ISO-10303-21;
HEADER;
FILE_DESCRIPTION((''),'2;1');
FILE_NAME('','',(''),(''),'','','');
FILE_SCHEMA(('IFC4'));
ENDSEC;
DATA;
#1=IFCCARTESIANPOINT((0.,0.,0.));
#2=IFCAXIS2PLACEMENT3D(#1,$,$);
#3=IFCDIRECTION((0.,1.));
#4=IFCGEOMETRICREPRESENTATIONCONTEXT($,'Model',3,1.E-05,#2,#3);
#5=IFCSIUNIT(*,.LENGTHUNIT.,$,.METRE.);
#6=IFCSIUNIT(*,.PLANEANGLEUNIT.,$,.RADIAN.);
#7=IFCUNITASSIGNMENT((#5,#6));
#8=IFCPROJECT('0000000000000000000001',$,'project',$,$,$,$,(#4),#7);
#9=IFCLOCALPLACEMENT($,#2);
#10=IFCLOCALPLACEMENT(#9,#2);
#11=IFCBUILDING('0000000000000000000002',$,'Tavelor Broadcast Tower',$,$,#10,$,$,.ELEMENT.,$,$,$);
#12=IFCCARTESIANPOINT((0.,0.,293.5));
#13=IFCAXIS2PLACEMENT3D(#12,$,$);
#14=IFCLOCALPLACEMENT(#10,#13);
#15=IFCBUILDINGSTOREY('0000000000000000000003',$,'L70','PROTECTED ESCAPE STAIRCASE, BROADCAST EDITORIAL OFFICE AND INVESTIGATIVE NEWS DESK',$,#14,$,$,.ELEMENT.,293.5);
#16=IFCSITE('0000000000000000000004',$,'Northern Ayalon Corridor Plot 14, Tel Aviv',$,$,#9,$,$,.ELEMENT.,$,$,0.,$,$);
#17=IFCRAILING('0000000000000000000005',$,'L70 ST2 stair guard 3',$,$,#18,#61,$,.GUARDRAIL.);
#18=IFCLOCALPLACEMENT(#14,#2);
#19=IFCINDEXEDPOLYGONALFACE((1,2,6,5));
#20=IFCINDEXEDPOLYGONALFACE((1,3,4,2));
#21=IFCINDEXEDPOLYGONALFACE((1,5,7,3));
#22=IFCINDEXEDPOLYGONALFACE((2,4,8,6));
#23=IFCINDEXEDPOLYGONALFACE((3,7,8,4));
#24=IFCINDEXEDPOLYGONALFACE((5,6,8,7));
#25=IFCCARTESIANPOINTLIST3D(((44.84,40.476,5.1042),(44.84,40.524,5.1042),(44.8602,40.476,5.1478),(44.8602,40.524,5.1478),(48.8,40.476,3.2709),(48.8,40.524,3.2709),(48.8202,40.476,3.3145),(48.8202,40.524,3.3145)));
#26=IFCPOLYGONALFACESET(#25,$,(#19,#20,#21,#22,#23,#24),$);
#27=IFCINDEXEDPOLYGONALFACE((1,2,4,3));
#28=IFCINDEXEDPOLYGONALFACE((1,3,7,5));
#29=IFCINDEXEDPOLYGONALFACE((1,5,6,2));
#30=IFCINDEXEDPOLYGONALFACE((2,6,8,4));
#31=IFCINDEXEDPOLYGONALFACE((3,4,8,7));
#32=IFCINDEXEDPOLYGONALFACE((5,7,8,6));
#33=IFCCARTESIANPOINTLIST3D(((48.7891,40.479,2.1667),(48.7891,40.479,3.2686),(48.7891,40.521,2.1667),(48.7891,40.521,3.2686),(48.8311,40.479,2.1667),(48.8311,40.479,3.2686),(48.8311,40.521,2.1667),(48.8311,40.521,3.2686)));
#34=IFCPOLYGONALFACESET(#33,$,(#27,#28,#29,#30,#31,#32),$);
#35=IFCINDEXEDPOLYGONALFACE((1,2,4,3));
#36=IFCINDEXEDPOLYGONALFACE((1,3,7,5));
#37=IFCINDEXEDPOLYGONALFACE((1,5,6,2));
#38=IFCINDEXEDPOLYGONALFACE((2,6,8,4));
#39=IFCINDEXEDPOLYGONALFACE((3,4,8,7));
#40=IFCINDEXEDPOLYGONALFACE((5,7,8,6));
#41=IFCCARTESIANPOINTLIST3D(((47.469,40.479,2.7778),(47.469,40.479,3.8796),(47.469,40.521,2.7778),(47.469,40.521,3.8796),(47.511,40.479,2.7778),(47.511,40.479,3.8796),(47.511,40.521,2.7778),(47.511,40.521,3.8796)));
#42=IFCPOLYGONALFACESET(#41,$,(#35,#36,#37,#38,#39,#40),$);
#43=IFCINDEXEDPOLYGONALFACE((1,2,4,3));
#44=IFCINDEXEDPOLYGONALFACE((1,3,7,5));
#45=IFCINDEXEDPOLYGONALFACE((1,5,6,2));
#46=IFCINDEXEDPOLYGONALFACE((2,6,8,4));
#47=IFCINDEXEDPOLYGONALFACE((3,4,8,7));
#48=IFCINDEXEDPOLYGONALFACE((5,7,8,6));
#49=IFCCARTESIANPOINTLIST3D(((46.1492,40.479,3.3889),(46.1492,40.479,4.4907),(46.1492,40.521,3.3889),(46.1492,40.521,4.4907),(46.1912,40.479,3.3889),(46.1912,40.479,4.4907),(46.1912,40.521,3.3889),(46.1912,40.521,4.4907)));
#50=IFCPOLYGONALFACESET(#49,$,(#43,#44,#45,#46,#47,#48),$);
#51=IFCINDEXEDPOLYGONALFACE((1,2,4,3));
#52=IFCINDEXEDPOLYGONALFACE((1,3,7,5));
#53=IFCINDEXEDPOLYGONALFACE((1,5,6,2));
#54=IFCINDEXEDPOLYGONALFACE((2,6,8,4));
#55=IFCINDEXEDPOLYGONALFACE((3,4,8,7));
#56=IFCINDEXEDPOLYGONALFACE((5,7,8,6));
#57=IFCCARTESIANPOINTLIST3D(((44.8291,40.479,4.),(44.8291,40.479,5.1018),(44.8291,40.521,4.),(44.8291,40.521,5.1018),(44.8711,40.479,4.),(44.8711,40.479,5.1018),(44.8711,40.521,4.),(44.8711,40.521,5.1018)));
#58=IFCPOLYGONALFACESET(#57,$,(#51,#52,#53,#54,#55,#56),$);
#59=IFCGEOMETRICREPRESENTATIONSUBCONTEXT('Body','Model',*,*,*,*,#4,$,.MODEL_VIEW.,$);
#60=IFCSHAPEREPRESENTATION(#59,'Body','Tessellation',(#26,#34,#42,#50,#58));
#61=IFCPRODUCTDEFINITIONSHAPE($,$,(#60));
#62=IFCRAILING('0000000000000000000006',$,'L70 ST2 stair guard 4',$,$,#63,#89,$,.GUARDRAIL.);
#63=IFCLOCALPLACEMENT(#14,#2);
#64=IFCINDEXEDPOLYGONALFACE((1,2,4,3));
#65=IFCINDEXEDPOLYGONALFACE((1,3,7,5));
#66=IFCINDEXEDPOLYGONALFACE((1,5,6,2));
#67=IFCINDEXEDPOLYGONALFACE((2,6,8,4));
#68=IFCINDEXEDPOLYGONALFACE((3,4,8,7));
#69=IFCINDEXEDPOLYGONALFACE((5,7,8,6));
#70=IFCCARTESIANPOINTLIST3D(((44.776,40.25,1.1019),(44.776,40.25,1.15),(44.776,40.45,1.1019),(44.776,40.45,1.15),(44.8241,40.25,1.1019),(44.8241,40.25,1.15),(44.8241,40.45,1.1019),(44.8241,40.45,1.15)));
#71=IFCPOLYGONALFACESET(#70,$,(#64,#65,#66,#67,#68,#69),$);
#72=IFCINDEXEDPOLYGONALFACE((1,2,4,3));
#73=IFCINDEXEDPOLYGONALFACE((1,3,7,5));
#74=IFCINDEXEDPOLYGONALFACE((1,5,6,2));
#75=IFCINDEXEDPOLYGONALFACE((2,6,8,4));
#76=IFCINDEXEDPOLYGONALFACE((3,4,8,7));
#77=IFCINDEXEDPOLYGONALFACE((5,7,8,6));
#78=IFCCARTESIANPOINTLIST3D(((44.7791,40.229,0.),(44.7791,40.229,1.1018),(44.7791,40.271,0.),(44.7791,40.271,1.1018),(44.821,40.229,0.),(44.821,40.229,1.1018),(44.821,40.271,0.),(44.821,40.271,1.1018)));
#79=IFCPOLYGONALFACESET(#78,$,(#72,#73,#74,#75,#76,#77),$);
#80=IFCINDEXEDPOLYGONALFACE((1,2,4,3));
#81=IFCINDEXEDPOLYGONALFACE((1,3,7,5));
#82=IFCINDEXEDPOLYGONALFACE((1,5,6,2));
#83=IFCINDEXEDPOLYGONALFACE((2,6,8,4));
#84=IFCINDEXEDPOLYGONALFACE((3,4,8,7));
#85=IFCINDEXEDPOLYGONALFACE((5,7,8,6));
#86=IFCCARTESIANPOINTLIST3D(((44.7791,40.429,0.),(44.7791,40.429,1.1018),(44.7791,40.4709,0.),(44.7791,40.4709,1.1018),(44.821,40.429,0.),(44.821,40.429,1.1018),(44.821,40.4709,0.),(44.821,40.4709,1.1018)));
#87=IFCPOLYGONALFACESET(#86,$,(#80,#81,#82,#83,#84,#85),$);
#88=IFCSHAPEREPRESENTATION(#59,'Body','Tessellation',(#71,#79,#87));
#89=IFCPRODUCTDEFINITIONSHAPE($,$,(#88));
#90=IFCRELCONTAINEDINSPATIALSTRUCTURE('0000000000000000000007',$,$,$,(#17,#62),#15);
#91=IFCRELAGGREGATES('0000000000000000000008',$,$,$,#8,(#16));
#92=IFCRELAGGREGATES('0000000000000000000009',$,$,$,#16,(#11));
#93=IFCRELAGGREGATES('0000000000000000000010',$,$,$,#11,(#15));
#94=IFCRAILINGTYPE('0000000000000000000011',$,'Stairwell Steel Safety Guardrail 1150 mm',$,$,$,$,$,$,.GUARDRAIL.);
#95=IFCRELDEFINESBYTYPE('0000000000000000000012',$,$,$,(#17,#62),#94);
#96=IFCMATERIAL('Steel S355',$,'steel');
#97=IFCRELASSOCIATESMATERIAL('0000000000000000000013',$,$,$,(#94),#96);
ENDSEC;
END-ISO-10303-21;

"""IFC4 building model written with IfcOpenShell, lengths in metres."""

from ifc_helpers import new_model, si_unit, direction, frame, origin, origin_2d, place, context, subcontext, project, spatial, rectangle, extrude, material, type_object, element, save


model = new_model("IFC4")

# Units and contexts
model_context = context("Model", 3, precision=1e-05, world=origin(), true_north=direction((0.0, 1.0)))
body_context = subcontext(model_context, "Body", "Model", "MODEL_VIEW")
ifc_project = project(units=[si_unit("LENGTHUNIT", "METRE"), si_unit("PLANEANGLEUNIT", "RADIAN")], contexts=[model_context])

# Site, building, storey
site_placement = place(None, origin())
site = spatial("IfcSite", under=ifc_project, at=site_placement, Name="Northern Ayalon Corridor Plot 14, Tel Aviv", CompositionType="ELEMENT", RefElevation=0.0)
building_placement = place(site_placement, origin())
building = spatial("IfcBuilding", under=site, at=building_placement, Name="Tavelor Broadcast Tower", CompositionType="ELEMENT")
storey_placement = place(building_placement, frame((0.0, 0.0, 293.5)))
storey = spatial("IfcBuildingStorey", under=building, at=storey_placement, Name="L70", Description="PROTECTED ESCAPE STAIRCASE, BROADCAST EDITORIAL OFFICE AND INVESTIGATIVE NEWS DESK", CompositionType="ELEMENT", Elevation=293.5)

# Shared definitions
ifc_material_1 = material(Name="Steel S355", Category="steel")

# Railings
railing_type_1 = type_object("IfcRailingType", Name="Stairwell Steel Safety Guardrail 1150 mm", PredefinedType="GUARDRAIL", material=ifc_material_1)
railing_1_placement = place(storey_placement, frame((48.8101, 40.5, 2.1667)))
element("IfcRailing", 1, at=railing_1_placement, inside=storey, type_object=railing_type_1, Name="L70 ST2 stair guard 3", PredefinedType="GUARDRAIL", context=body_context, shape_type="SweptSolid", body=[
    extrude(rectangle(XDim=0.0481, YDim=0.0481, at=origin_2d()), frame((0.0, 0.0, 1.126), z_axis=(-0.907472, 0.0, 0.420112), x_axis=(0.0, -1.0, 0.0)), (0.0, 0.0, 1.0), 4.3638),
    extrude(rectangle(XDim=0.042, YDim=0.042, at=origin_2d()), origin(), (0.0, 0.0, 1.0), 1.1018),
    extrude(rectangle(XDim=0.042, YDim=0.042, at=origin_2d()), frame((-1.3201, 0.0, 0.6111)), (0.0, 0.0, 1.0), 1.1018),
    extrude(rectangle(XDim=0.042, YDim=0.042, at=origin_2d()), frame((-2.6399, 0.0, 1.2222)), (0.0, 0.0, 1.0), 1.1018),
    extrude(rectangle(XDim=0.042, YDim=0.042, at=origin_2d()), frame((-3.96, 0.0, 1.8333)), (0.0, 0.0, 1.0), 1.1018),
])
railing_2_placement = place(storey_placement, frame((44.8, 40.25, 0.0)))
element("IfcRailing", 2, at=railing_2_placement, inside=storey, type_object=railing_type_1, Name="L70 ST2 stair guard 4", PredefinedType="GUARDRAIL", context=body_context, shape_type="SweptSolid", body=[
    extrude(rectangle(XDim=0.0481, YDim=0.0481, at=origin_2d()), frame((0.0, 0.0, 1.126), z_axis=(0.0, 1.0, 0.0), x_axis=(-1.0, 0.0, 0.0)), (0.0, 0.0, 1.0), 0.2),
    extrude(rectangle(XDim=0.042, YDim=0.042, at=origin_2d()), origin(), (0.0, 0.0, 1.0), 1.1018),
    extrude(rectangle(XDim=0.042, YDim=0.042, at=origin_2d()), frame((0.0, 0.2, 0.0)), (0.0, 0.0, 1.0), 1.1018),
])

save(model, "model.ifc")
